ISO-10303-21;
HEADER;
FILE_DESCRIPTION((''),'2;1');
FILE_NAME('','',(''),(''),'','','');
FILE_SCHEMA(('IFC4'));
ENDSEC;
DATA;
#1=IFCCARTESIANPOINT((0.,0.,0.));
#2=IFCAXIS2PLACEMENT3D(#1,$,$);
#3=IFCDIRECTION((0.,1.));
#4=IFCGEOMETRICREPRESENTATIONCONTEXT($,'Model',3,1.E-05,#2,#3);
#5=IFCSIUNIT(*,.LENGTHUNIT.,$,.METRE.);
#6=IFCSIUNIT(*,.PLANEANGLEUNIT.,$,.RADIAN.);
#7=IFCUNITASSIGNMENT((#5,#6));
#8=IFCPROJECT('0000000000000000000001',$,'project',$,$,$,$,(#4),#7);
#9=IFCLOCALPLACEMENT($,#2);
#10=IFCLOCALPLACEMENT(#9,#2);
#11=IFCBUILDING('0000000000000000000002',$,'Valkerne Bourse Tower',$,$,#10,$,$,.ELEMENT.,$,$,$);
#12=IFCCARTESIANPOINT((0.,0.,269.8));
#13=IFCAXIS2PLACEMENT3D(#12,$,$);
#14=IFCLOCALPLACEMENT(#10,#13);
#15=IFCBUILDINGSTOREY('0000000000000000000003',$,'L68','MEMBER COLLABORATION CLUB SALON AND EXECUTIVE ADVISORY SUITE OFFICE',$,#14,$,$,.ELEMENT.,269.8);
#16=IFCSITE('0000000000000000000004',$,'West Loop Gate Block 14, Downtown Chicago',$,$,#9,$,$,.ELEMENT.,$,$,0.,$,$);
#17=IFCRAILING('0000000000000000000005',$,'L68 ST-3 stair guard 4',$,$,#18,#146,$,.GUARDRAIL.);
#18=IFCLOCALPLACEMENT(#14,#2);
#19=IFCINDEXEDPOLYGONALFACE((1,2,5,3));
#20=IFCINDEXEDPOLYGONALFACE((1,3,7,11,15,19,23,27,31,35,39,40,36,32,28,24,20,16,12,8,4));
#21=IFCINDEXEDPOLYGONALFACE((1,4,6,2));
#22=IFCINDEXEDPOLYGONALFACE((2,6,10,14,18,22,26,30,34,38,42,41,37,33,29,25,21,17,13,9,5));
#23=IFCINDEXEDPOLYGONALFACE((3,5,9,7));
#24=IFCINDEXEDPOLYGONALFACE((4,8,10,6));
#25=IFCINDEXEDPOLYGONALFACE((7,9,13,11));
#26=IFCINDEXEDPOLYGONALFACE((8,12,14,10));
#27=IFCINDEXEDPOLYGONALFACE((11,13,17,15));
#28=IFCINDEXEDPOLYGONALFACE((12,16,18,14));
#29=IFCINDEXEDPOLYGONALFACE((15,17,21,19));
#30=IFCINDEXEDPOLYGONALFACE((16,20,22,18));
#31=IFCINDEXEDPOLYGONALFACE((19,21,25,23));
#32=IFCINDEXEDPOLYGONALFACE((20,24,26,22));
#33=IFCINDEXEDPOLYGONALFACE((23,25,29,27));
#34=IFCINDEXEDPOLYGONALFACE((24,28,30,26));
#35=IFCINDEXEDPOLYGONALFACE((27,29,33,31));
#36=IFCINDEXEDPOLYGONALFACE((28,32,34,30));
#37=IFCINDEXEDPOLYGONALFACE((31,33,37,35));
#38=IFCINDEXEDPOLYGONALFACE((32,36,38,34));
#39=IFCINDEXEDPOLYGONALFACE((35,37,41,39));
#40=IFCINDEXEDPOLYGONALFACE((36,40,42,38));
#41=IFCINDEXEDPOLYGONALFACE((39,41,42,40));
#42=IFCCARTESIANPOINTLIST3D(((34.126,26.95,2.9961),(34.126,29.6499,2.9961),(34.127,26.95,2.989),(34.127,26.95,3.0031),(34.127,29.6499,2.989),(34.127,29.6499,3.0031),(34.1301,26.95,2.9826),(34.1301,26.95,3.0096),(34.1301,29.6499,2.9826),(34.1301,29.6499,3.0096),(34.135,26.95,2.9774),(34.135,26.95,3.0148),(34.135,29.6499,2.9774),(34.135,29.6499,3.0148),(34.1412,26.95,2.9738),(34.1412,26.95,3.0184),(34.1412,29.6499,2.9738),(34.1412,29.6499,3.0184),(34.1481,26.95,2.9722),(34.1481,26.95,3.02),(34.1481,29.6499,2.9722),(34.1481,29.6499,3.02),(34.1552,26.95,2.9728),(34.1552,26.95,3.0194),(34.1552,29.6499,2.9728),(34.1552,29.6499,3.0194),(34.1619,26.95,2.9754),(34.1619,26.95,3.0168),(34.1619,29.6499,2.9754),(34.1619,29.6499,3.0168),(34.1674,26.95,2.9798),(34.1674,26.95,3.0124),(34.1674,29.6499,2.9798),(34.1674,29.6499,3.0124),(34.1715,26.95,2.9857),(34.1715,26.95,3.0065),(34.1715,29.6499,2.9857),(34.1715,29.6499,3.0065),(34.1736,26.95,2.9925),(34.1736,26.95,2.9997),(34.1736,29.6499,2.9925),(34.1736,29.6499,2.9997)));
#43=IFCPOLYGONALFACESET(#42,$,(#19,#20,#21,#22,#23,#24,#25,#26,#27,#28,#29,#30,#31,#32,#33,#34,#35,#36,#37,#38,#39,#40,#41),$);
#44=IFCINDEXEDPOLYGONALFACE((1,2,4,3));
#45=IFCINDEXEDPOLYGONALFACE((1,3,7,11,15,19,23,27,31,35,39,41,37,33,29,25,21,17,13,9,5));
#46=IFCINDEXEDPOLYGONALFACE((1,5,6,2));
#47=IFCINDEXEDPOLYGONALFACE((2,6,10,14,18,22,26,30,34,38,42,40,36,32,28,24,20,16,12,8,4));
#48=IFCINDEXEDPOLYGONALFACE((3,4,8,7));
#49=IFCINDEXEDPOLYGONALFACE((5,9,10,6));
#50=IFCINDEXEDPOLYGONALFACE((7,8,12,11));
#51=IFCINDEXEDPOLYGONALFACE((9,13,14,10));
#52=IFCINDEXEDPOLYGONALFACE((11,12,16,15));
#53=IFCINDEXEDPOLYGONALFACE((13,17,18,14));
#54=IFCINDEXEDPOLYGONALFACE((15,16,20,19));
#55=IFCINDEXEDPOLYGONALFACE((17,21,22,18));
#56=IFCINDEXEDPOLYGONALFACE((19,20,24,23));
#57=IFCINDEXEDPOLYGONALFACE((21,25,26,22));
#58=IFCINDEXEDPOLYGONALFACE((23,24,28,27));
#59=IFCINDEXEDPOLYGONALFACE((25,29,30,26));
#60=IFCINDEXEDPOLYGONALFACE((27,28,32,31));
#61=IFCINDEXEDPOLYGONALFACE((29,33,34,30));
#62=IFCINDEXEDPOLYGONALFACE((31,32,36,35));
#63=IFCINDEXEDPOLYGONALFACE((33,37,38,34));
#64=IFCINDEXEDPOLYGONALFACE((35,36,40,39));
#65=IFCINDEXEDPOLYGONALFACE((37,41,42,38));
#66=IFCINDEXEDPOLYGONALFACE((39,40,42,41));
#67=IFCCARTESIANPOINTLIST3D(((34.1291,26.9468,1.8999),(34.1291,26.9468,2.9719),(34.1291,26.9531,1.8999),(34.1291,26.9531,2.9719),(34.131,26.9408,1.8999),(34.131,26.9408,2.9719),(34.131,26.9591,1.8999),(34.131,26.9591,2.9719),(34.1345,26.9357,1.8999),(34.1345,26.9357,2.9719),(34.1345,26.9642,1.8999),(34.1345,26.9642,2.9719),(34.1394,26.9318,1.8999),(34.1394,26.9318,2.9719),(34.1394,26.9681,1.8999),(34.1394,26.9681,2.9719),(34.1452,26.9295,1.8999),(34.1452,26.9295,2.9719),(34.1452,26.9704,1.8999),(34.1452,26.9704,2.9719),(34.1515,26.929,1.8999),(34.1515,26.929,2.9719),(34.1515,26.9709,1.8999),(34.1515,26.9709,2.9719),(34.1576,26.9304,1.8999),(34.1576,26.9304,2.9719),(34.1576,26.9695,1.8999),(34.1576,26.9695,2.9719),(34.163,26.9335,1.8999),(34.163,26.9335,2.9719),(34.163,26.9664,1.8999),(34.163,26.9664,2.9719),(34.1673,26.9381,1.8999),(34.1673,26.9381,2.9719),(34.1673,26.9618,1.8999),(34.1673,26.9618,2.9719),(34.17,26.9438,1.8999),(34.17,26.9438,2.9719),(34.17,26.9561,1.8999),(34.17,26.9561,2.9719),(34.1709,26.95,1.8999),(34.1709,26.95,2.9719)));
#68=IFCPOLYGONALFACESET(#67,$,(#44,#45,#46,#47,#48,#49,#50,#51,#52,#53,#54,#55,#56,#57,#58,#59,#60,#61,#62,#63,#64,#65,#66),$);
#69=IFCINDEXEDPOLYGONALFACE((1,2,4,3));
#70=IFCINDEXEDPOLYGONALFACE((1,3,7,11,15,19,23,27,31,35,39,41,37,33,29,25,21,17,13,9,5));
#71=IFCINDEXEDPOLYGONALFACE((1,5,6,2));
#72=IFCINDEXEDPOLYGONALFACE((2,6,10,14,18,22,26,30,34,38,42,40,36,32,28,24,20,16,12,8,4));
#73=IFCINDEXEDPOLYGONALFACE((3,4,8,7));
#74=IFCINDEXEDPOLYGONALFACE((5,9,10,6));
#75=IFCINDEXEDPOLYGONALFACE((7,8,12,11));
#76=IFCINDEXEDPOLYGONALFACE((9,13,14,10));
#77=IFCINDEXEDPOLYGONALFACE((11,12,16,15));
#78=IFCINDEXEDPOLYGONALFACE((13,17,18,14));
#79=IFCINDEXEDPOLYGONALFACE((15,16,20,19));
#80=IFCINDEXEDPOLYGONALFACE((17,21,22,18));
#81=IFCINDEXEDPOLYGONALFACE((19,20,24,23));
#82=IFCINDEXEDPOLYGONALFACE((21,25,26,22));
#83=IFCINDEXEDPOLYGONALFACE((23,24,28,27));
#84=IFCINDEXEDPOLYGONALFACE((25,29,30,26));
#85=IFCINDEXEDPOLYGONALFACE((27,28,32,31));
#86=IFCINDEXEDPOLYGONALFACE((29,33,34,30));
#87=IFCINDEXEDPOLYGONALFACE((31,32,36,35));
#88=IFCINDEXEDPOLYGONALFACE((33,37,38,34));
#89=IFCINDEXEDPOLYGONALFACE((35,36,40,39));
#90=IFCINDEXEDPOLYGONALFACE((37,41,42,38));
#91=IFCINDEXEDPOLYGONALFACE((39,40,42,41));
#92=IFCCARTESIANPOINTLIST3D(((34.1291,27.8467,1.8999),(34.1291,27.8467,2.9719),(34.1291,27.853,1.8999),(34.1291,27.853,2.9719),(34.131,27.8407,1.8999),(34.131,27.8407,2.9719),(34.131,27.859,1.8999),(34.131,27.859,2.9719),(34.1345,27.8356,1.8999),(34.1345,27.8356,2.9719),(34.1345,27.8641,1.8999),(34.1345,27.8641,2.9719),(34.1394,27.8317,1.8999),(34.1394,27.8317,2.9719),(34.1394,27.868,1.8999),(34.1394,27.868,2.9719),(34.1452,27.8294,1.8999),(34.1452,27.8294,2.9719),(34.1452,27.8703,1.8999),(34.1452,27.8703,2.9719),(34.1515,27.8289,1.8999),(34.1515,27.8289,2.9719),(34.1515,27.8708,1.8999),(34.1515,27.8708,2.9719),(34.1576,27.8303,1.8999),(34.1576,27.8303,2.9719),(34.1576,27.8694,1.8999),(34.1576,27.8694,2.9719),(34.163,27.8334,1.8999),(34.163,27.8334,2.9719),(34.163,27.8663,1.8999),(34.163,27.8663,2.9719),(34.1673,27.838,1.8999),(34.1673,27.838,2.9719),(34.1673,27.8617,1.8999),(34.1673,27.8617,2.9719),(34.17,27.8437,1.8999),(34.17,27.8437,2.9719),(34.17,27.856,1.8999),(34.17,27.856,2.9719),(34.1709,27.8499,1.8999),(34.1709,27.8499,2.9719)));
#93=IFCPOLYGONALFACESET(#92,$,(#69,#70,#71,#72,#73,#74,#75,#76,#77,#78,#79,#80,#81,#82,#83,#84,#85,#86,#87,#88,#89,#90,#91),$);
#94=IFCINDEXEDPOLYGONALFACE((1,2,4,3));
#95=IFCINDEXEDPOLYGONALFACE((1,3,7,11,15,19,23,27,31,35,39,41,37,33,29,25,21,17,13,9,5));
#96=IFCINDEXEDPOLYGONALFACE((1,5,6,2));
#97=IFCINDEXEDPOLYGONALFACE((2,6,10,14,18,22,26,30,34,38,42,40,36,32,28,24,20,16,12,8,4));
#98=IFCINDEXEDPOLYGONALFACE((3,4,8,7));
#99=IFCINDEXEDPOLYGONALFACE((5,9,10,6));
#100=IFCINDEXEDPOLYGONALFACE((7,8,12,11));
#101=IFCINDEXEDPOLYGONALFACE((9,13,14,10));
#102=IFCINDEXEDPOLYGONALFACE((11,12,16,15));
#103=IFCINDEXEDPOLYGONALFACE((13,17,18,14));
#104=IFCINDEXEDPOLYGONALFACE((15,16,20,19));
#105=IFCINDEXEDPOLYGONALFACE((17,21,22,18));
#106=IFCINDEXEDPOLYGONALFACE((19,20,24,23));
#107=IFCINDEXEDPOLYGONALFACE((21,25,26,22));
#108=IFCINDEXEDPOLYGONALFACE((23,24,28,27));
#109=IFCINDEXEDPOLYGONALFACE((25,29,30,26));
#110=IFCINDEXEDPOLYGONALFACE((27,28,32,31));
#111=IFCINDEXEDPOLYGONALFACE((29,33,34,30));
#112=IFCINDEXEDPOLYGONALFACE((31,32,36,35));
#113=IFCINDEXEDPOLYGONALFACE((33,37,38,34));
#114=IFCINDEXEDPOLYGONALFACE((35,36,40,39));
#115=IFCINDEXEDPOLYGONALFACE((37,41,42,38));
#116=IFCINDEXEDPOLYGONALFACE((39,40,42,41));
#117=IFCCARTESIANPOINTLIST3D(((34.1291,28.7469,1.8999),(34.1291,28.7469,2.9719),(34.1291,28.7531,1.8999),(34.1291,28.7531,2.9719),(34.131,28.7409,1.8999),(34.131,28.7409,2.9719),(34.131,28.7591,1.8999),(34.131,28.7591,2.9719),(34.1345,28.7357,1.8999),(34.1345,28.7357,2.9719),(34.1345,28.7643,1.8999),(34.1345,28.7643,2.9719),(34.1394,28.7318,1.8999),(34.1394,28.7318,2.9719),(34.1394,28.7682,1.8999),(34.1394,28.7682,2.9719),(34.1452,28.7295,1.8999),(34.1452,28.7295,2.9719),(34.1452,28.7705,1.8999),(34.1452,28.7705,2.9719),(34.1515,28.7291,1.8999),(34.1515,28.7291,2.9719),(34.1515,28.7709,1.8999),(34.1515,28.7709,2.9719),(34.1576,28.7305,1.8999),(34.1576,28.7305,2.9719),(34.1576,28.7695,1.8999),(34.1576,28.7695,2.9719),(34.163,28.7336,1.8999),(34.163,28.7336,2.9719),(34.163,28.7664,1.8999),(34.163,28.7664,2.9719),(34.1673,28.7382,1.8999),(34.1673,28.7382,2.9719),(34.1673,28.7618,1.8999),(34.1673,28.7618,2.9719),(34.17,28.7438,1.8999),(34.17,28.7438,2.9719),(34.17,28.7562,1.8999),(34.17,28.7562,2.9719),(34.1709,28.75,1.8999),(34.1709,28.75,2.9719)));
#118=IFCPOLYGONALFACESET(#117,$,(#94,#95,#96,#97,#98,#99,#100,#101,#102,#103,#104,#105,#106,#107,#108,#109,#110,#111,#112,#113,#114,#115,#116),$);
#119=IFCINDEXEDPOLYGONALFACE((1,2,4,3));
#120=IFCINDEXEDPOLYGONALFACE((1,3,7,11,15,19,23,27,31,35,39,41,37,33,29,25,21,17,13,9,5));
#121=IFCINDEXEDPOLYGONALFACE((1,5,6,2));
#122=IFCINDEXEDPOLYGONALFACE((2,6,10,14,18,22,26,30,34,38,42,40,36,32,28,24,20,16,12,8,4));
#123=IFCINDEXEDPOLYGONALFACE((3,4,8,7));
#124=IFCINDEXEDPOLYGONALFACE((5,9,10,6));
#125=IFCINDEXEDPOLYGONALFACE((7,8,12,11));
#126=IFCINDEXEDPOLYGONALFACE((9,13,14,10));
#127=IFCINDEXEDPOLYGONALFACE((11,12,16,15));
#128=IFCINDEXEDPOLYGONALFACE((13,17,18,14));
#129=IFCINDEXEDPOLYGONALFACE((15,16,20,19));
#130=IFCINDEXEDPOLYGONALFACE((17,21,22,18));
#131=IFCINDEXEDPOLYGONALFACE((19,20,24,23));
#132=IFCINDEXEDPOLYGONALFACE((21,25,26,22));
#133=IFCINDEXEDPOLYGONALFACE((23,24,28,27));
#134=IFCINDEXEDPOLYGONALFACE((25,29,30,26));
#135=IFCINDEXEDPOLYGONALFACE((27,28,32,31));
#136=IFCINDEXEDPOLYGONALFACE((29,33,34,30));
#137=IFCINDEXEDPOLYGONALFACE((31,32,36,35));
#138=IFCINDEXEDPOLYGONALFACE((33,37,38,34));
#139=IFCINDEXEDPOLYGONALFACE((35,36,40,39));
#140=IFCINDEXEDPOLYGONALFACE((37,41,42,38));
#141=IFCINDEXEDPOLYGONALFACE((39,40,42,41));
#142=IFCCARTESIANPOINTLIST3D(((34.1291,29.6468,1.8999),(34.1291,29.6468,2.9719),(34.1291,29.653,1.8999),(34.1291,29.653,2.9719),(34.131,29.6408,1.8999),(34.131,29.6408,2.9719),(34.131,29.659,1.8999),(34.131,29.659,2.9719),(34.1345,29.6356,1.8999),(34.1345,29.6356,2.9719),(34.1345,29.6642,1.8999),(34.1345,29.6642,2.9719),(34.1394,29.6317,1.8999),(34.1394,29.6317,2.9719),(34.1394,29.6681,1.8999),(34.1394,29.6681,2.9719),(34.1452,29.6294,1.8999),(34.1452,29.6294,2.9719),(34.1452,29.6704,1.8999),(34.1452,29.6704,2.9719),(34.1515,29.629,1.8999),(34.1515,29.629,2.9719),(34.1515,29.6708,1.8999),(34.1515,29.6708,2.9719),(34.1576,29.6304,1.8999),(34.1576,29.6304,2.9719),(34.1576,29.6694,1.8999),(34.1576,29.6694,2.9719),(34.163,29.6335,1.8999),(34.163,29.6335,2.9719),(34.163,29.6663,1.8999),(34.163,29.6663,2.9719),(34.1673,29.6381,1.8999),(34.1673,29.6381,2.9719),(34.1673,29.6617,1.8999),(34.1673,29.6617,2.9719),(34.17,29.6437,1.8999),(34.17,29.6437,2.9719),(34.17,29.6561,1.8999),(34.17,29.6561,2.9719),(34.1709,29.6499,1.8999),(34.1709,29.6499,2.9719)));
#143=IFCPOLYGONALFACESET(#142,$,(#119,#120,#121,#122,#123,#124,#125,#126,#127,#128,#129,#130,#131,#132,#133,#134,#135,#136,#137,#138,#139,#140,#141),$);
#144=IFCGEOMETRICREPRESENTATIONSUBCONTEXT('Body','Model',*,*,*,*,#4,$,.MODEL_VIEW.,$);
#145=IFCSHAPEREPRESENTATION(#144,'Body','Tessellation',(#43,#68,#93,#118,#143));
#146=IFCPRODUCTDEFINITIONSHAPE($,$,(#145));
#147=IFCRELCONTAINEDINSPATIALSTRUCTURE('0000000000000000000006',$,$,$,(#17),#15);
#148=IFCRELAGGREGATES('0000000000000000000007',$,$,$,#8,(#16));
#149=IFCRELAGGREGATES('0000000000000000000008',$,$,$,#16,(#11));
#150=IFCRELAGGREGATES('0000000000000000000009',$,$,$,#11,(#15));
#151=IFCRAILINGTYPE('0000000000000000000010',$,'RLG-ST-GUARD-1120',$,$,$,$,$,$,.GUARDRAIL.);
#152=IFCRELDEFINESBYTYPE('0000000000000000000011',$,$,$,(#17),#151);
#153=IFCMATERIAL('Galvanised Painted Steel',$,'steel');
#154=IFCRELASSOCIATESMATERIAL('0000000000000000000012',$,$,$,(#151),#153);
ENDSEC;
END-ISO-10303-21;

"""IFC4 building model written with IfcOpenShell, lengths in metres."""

from ifc_helpers import new_model, si_unit, direction, frame, origin, origin_2d, place, context, subcontext, project, spatial, circle, extrude, material, type_object, element, save


model = new_model("IFC4")

# Units and contexts
model_context = context("Model", 3, precision=1e-05, world=origin(), true_north=direction((0.0, 1.0)))
body_context = subcontext(model_context, "Body", "Model", "MODEL_VIEW")
ifc_project = project(units=[si_unit("LENGTHUNIT", "METRE"), si_unit("PLANEANGLEUNIT", "RADIAN")], contexts=[model_context])

# Site, building, storey
site_placement = place(None, origin())
site = spatial("IfcSite", under=ifc_project, at=site_placement, Name="West Loop Gate Block 14, Downtown Chicago", CompositionType="ELEMENT", RefElevation=0.0)
building_placement = place(site_placement, origin())
building = spatial("IfcBuilding", under=site, at=building_placement, Name="Valkerne Bourse Tower", CompositionType="ELEMENT")
storey_placement = place(building_placement, frame((0.0, 0.0, 269.8)))
storey = spatial("IfcBuildingStorey", under=building, at=storey_placement, Name="L68", Description="MEMBER COLLABORATION CLUB SALON AND EXECUTIVE ADVISORY SUITE OFFICE", CompositionType="ELEMENT", Elevation=269.8)

# Shared definitions
ifc_material_1 = material(Name="Galvanised Painted Steel", Category="steel")

# Railing
railing_type = type_object("IfcRailingType", Name="RLG-ST-GUARD-1120", PredefinedType="GUARDRAIL", material=ifc_material_1)
railing_1_placement = place(storey_placement, frame((34.1499, 26.95, 1.8999)))
element("IfcRailing", 1, at=railing_1_placement, inside=storey, type_object=railing_type, Name="L68 ST-3 stair guard 4", PredefinedType="GUARDRAIL", context=body_context, shape_type="SweptSolid", body=[
    extrude(circle(Radius=0.0239, at=origin_2d()), frame((0.0, 0.0, 1.0962), z_axis=(0.0, 1.0, 0.0), x_axis=(-1.0, 0.0, 0.0)), (0.0, 0.0, 1.0), 2.7),
    extrude(circle(Radius=0.021, at=origin_2d()), origin(), (0.0, 0.0, 1.0), 1.072),
    extrude(circle(Radius=0.021, at=origin_2d()), frame((0.0, 0.8999, 0.0)), (0.0, 0.0, 1.0), 1.072),
    extrude(circle(Radius=0.021, at=origin_2d()), frame((0.0, 1.8, 0.0)), (0.0, 0.0, 1.0), 1.072),
    extrude(circle(Radius=0.021, at=origin_2d()), frame((0.0, 2.7, 0.0)), (0.0, 0.0, 1.0), 1.072),
])

save(model, "model.ifc")
